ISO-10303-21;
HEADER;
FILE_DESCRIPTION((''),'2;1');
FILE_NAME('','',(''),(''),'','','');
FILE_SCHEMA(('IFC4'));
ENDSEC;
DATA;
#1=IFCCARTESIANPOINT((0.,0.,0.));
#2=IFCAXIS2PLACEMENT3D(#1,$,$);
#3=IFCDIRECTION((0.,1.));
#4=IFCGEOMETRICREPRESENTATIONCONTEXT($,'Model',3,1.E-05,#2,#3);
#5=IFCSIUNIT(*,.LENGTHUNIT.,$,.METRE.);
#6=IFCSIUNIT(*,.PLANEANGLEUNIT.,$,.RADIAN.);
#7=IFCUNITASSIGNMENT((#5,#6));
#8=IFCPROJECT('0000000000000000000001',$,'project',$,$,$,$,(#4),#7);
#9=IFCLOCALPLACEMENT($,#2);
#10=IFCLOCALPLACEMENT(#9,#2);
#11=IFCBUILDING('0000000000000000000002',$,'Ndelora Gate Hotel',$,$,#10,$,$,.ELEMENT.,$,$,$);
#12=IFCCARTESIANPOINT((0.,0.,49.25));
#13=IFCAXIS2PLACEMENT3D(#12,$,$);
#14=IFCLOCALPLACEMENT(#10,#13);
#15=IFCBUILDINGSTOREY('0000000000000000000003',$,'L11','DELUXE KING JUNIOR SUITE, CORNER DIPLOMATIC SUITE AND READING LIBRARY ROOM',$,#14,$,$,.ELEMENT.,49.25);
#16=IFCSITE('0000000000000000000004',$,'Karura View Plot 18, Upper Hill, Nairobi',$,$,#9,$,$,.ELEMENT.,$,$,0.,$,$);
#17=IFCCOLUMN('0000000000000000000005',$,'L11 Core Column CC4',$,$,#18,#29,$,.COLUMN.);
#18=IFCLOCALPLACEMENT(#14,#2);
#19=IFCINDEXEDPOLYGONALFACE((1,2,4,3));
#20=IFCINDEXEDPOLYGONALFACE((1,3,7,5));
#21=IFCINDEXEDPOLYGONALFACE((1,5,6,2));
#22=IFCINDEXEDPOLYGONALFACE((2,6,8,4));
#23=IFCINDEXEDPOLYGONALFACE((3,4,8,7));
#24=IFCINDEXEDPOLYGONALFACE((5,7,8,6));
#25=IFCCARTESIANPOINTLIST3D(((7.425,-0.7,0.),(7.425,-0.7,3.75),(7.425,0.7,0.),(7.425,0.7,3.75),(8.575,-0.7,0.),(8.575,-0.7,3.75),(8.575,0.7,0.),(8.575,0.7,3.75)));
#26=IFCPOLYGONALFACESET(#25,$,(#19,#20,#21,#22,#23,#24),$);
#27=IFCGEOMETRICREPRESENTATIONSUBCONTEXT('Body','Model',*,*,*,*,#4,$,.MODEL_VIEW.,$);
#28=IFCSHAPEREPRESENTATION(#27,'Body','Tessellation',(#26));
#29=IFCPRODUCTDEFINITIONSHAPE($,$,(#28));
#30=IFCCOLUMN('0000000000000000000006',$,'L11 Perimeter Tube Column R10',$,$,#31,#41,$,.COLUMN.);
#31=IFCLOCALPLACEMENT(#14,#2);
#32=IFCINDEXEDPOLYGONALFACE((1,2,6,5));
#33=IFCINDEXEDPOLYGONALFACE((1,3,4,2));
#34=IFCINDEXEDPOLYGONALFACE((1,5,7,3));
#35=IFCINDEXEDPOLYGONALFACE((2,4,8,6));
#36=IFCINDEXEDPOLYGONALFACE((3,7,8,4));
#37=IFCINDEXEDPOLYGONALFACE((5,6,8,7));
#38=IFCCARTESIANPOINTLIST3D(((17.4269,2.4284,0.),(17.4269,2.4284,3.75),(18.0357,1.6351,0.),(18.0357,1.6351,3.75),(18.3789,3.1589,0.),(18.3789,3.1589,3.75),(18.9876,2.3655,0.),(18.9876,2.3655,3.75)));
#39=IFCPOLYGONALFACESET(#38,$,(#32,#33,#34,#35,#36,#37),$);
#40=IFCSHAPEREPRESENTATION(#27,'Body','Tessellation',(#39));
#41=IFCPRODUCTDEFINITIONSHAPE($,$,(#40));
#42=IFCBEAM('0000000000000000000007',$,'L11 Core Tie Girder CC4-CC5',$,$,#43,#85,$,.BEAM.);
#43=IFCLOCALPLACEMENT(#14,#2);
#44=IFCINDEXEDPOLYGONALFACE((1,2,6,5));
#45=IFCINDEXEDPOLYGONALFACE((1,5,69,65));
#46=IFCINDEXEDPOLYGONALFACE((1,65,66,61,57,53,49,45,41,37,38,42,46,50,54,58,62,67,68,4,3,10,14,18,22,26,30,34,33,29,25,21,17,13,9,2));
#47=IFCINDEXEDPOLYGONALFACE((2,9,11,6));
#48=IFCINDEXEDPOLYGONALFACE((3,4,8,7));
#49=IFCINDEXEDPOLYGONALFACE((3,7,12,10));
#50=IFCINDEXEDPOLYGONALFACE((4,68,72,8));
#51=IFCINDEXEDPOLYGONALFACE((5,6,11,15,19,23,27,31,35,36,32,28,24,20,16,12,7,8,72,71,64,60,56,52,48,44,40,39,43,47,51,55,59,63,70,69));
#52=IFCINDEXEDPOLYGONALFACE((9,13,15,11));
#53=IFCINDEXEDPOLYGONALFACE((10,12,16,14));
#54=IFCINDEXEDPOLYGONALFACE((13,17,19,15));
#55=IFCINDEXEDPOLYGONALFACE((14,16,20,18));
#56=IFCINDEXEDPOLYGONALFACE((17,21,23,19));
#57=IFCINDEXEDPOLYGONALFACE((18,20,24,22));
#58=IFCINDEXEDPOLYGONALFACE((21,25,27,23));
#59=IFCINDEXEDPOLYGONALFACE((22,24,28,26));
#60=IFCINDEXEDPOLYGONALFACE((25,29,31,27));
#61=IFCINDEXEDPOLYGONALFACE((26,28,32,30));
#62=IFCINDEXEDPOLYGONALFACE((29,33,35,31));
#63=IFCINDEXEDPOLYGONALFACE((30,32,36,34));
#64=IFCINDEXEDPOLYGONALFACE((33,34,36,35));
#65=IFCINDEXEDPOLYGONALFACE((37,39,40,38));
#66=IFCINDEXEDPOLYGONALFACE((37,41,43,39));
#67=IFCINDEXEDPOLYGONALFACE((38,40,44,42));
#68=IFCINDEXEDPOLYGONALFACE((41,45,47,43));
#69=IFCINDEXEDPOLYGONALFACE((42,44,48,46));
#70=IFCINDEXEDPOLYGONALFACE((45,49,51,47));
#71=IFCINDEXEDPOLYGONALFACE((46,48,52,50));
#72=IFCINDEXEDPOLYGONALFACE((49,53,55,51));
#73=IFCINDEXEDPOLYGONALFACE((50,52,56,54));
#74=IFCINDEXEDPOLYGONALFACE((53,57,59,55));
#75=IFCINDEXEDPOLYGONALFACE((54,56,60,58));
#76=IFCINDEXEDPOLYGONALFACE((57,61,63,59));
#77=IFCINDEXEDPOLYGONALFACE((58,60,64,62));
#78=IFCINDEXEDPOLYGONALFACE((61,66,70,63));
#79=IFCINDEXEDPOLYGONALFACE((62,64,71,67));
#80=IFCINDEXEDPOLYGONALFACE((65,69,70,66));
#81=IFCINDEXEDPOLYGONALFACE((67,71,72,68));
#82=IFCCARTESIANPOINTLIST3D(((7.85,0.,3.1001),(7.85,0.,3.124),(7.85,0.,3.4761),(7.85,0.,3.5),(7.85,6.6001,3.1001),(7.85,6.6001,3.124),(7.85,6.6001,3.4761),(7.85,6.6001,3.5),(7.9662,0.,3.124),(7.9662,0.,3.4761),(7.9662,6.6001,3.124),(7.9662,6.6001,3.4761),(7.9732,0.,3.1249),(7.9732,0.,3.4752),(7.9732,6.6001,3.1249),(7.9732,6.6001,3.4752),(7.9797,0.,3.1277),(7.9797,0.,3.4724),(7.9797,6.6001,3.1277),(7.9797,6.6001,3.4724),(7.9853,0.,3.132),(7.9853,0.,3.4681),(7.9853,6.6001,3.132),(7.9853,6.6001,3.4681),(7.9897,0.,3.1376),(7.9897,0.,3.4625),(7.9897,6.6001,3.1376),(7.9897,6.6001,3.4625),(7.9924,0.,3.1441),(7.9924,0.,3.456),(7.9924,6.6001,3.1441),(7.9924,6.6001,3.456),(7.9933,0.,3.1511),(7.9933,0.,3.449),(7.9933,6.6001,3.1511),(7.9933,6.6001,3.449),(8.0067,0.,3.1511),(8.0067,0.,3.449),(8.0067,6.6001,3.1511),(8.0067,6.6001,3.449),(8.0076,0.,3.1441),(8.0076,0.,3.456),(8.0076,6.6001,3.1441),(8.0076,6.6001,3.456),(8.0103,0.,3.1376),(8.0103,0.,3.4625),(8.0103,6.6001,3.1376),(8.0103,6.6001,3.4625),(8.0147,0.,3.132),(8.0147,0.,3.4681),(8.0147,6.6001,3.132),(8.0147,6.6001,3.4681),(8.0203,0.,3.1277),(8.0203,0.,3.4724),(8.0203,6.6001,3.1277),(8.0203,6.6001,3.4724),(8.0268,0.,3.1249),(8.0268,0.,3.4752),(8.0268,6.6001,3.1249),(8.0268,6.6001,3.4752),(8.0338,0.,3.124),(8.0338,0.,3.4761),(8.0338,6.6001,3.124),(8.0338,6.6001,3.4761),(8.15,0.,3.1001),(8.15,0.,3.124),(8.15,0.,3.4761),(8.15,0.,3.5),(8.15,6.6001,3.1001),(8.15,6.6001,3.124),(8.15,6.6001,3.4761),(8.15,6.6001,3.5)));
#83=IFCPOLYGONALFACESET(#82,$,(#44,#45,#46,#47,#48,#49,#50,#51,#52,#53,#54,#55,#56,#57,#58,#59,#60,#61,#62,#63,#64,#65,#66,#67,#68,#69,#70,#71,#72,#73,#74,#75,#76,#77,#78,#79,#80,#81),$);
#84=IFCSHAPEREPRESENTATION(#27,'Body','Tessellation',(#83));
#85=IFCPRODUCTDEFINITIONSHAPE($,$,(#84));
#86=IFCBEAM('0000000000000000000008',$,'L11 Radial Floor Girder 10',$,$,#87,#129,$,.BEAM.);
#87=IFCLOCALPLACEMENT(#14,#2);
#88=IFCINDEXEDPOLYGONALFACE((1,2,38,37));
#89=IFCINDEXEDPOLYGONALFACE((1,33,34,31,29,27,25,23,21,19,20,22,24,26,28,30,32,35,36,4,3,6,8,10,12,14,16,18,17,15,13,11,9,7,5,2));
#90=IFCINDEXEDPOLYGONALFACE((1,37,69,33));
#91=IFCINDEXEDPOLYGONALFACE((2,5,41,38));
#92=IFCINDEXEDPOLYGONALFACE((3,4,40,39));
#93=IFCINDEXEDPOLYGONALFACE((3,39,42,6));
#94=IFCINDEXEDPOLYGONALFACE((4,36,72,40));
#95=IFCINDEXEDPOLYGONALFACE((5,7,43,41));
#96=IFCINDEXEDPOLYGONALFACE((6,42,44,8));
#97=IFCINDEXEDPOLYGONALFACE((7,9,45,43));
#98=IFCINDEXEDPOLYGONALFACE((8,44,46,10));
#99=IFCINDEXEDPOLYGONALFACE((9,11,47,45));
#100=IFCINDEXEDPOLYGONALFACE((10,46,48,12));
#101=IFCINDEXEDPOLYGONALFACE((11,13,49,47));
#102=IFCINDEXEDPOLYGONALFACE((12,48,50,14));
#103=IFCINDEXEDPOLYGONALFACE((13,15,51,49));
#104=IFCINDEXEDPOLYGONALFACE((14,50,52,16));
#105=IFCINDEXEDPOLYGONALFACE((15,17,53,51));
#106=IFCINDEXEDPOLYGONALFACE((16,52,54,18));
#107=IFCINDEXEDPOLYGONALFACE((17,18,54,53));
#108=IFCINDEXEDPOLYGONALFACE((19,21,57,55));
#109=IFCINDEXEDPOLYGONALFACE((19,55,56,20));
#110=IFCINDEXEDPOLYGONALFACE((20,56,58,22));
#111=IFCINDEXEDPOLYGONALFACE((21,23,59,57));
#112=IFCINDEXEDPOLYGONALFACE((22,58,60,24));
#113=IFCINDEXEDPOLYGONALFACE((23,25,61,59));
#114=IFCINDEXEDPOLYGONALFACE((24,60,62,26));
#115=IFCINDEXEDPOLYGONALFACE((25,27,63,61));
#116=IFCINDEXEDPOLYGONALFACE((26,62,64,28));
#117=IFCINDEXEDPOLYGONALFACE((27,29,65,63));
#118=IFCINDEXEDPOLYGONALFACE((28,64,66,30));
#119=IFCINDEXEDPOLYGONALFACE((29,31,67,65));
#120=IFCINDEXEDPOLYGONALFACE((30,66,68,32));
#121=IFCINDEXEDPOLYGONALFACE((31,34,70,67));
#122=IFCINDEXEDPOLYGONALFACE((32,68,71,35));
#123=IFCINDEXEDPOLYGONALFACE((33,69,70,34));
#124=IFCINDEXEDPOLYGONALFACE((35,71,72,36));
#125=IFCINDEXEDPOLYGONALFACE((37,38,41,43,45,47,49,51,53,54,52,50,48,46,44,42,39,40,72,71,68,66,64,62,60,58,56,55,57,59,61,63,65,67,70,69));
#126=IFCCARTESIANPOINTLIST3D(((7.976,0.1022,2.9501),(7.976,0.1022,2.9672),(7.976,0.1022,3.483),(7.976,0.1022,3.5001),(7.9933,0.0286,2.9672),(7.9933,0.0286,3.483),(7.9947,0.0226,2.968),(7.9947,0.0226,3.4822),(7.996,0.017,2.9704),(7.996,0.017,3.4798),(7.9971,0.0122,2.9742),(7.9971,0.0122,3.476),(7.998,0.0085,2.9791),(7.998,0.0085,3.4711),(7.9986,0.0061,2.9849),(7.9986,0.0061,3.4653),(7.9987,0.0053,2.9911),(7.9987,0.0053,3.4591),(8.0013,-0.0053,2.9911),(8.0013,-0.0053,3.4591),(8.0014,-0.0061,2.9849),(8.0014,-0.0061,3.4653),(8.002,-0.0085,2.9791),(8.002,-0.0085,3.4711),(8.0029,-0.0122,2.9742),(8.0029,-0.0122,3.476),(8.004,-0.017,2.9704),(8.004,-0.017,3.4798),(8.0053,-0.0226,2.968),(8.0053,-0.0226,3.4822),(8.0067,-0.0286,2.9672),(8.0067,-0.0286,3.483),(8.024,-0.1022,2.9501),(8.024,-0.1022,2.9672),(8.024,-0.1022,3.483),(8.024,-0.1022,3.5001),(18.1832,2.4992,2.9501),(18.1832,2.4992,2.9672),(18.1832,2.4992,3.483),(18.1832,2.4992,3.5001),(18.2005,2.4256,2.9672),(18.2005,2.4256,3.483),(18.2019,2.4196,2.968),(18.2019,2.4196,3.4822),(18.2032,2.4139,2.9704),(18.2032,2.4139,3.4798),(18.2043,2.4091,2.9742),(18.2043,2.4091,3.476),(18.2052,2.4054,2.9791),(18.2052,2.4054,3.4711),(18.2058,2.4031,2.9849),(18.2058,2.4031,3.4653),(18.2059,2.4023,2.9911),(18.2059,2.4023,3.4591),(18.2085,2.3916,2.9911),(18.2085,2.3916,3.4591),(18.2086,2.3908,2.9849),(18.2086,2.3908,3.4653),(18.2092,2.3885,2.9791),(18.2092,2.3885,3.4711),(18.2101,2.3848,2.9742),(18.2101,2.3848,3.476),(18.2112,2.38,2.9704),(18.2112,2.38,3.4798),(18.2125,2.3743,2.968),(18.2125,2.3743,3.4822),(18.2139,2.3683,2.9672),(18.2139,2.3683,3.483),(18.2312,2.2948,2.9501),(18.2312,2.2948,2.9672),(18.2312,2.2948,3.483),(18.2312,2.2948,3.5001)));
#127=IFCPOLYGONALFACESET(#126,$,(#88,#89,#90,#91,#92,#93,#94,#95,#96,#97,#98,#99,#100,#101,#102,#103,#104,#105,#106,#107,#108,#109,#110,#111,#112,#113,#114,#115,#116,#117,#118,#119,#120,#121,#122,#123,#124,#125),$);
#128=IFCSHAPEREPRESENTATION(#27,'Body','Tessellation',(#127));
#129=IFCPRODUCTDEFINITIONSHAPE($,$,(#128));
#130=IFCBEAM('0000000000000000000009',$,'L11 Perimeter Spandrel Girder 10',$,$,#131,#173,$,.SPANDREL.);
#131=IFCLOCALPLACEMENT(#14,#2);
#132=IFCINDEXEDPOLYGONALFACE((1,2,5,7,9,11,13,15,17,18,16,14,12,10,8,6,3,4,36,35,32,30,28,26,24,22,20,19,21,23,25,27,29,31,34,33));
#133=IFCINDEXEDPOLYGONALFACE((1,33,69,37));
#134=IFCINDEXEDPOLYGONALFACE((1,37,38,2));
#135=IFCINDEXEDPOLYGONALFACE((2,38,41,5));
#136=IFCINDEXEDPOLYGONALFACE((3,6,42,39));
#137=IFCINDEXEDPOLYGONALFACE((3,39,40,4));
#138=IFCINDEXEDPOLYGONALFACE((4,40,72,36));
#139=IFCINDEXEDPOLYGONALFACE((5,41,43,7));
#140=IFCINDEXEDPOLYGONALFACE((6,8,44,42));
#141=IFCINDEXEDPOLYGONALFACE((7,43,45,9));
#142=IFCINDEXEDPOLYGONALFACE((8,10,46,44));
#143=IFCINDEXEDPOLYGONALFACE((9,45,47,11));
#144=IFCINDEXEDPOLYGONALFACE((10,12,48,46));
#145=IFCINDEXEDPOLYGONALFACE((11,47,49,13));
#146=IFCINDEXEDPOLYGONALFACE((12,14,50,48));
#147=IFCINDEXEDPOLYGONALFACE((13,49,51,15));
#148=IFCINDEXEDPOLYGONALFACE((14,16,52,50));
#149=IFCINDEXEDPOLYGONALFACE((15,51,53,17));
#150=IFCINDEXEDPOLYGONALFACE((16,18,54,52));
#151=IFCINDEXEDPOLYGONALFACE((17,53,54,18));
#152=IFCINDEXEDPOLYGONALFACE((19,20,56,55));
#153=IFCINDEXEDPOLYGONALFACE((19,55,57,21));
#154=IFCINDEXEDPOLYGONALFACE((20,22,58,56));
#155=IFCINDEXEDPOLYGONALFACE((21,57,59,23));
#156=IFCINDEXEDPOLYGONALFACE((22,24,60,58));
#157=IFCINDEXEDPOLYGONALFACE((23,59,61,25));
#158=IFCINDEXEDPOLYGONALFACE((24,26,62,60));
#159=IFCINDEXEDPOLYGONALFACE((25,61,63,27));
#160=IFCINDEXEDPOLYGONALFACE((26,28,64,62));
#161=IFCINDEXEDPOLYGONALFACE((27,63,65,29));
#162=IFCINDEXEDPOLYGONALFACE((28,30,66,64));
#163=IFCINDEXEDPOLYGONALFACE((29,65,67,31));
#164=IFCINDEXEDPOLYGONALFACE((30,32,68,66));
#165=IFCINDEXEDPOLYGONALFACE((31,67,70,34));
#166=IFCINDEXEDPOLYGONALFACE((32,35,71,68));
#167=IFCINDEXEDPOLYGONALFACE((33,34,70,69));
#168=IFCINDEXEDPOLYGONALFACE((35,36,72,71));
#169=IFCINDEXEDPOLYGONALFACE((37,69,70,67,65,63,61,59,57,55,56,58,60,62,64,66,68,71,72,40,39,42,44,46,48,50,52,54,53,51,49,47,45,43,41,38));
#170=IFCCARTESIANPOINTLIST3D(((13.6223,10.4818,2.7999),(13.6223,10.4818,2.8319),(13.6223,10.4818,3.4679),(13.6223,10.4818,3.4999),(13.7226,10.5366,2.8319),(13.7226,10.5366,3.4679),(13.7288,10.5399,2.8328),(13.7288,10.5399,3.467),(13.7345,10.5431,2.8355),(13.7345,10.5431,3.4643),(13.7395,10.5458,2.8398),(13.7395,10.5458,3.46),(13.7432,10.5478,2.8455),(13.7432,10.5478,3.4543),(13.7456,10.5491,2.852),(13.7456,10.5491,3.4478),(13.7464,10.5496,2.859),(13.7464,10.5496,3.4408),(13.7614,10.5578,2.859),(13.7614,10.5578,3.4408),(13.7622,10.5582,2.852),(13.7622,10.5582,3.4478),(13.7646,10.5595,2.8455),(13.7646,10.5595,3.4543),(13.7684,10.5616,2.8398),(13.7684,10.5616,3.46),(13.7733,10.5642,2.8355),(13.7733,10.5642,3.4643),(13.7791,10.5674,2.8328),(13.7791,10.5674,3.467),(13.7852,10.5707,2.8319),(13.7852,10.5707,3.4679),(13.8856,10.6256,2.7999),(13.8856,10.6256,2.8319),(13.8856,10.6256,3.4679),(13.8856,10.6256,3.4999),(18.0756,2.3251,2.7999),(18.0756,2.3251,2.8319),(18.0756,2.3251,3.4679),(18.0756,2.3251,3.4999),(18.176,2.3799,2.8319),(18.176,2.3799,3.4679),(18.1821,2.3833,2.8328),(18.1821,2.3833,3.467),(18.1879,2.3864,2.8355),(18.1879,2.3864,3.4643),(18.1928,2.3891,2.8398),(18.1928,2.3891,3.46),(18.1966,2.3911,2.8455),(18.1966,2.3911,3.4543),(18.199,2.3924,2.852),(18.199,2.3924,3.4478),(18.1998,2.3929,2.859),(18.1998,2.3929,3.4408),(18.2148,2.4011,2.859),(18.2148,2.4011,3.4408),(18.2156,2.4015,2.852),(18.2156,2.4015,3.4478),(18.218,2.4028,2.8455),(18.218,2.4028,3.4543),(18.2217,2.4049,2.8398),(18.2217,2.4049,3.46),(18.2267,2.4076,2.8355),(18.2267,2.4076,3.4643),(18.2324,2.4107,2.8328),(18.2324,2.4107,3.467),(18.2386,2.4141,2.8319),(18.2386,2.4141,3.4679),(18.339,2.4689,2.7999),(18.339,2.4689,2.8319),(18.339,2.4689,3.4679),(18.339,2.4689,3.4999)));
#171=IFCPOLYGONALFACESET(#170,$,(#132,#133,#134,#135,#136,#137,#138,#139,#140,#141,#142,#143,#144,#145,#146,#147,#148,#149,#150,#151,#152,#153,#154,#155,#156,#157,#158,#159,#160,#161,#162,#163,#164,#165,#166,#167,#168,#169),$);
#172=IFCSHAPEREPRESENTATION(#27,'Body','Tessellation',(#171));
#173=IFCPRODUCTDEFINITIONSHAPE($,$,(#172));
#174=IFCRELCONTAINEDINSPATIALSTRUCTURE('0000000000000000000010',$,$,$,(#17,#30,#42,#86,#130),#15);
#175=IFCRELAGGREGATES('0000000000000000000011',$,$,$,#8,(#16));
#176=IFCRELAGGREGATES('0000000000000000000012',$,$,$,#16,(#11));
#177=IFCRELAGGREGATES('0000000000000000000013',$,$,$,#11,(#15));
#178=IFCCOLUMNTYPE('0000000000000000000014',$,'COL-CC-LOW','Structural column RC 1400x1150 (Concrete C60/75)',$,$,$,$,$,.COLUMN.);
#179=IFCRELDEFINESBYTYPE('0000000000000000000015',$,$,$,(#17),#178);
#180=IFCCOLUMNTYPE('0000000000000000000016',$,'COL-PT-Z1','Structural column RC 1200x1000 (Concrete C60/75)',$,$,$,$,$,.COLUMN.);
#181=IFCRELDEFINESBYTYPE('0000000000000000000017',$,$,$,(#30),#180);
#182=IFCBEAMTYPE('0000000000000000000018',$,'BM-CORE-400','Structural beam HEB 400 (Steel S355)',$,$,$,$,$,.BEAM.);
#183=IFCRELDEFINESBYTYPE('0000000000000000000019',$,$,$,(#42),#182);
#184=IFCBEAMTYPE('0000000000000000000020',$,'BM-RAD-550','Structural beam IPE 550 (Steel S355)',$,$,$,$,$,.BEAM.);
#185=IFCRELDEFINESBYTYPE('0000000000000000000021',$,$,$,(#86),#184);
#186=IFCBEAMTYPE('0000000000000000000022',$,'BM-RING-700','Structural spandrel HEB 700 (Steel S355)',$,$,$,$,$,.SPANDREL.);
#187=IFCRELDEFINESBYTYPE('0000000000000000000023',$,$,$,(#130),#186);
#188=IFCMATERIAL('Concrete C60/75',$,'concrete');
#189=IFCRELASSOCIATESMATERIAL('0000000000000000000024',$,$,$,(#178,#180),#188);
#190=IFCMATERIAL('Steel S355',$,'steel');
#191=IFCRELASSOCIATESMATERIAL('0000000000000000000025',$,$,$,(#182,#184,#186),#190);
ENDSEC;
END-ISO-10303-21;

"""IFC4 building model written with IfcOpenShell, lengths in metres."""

from ifc_helpers import new_model, si_unit, direction, frame, origin, origin_2d, place, context, subcontext, project, spatial, rectangle, i_section, extrude, material, material_profile, profile_set, type_object, element, save


model = new_model("IFC4")

# Units and contexts
model_context = context("Model", 3, precision=1e-05, world=origin(), true_north=direction((0.0, 1.0)))
body_context = subcontext(model_context, "Body", "Model", "MODEL_VIEW")
ifc_project = project(units=[si_unit("LENGTHUNIT", "METRE"), si_unit("PLANEANGLEUNIT", "RADIAN")], contexts=[model_context])

# Site, building, storey
site_placement = place(None, origin())
site = spatial("IfcSite", under=ifc_project, at=site_placement, Name="Karura View Plot 18, Upper Hill, Nairobi", CompositionType="ELEMENT", RefElevation=0.0)
building_placement = place(site_placement, origin())
building = spatial("IfcBuilding", under=site, at=building_placement, Name="Ndelora Gate Hotel", CompositionType="ELEMENT")
storey_placement = place(building_placement, frame((0.0, 0.0, 49.25)))
storey = spatial("IfcBuildingStorey", under=building, at=storey_placement, Name="L11", Description="DELUXE KING JUNIOR SUITE, CORNER DIPLOMATIC SUITE AND READING LIBRARY ROOM", CompositionType="ELEMENT", Elevation=49.25)

# Columns
ifc_material_1 = material(Name="Concrete C60/75", Category="concrete")
ifc_material_profile_1 = material_profile(ifc_material_1, rectangle(XDim=1.1499, YDim=1.3999, at=origin_2d()), Name="RC 1400x1150")
ifc_profile_set_1 = profile_set([ifc_material_profile_1], Name="Concrete C60/75")
column_type_1 = type_object("IfcColumnType", Name="COL-CC-LOW", Description="Structural column RC 1400x1150 (Concrete C60/75)", PredefinedType="COLUMN", material=ifc_profile_set_1)
column_1_placement = place(storey_placement, frame((8.0, 0.0, 0.0), z_axis=(0.0, 0.0, 1.0), x_axis=(1.0, 0.0, 0.0)))
element("IfcColumn", 1, at=column_1_placement, inside=storey, type_object=column_type_1, Name="L11 Core Column CC4", PredefinedType="COLUMN", context=body_context, shape_type="SweptSolid", body=[
    extrude(rectangle(XDim=1.1499, YDim=1.3999, at=origin_2d()), origin(), (0.0, 0.0, 1.0), 3.75),
])
ifc_material_profile_2 = material_profile(ifc_material_1, rectangle(XDim=1.0, YDim=1.2, at=origin_2d()), Name="RC 1200x1000")
ifc_profile_set_2 = profile_set([ifc_material_profile_2], Name="Concrete C60/75")
column_type_2 = type_object("IfcColumnType", Name="COL-PT-Z1", Description="Structural column RC 1200x1000 (Concrete C60/75)", PredefinedType="COLUMN", material=ifc_profile_set_2)
column_2_placement = place(storey_placement, frame((18.2073, 2.397, 0.0), z_axis=(0.0, 0.0, 1.0), x_axis=(-0.608761, 0.793353, 0.0)))
element("IfcColumn", 2, at=column_2_placement, inside=storey, type_object=column_type_2, Name="L11 Perimeter Tube Column R10", PredefinedType="COLUMN", context=body_context, shape_type="SweptSolid", body=[
    extrude(rectangle(XDim=1.0, YDim=1.2, at=origin_2d()), origin(), (0.0, 0.0, 1.0), 3.75),
])

# Beams
ifc_material_2 = material(Name="Steel S355", Category="steel")
ifc_material_profile_3 = material_profile(ifc_material_2, i_section(OverallWidth=0.3, OverallDepth=0.3999, WebThickness=0.0134, FlangeThickness=0.0239, FilletRadius=0.0271, at=origin_2d()), Name="HEB 400")
ifc_profile_set_3 = profile_set([ifc_material_profile_3], Name="Steel S355")
beam_type_1 = type_object("IfcBeamType", Name="BM-CORE-400", Description="Structural beam HEB 400 (Steel S355)", PredefinedType="BEAM", material=ifc_profile_set_3)
beam_1_placement = place(storey_placement, frame((8.0, 0.0, 3.3), z_axis=(0.0, 1.0, 0.0), x_axis=(-1.0, 0.0, 0.0)))
element("IfcBeam", 3, at=beam_1_placement, inside=storey, type_object=beam_type_1, Name="L11 Core Tie Girder CC4-CC5", PredefinedType="BEAM", context=body_context, shape_type="SweptSolid", body=[
    extrude(i_section(OverallWidth=0.3, OverallDepth=0.3999, WebThickness=0.0134, FlangeThickness=0.0239, FilletRadius=0.0271, at=origin_2d()), origin(), (0.0, 0.0, 1.0), 6.6001),
])
ifc_material_profile_4 = material_profile(ifc_material_2, i_section(OverallWidth=0.21, OverallDepth=0.55, WebThickness=0.011, FlangeThickness=0.0171, FilletRadius=0.0239, at=origin_2d()), Name="IPE 550")
ifc_profile_set_4 = profile_set([ifc_material_profile_4], Name="Steel S355")
beam_type_2 = type_object("IfcBeamType", Name="BM-RAD-550", Description="Structural beam IPE 550 (Steel S355)", PredefinedType="BEAM", material=ifc_profile_set_4)
beam_2_placement = place(storey_placement, frame((8.0, 0.0, 3.2251), z_axis=(0.973518, 0.228611, 0.0), x_axis=(-0.228611, 0.973518, 0.0)))
element("IfcBeam", 4, at=beam_2_placement, inside=storey, type_object=beam_type_2, Name="L11 Radial Floor Girder 10", PredefinedType="BEAM", context=body_context, shape_type="SweptSolid", body=[
    extrude(i_section(OverallWidth=0.21, OverallDepth=0.55, WebThickness=0.011, FlangeThickness=0.0171, FilletRadius=0.0239, at=origin_2d()), origin(), (0.0, 0.0, 1.0), 10.4849),
])
ifc_material_profile_5 = material_profile(ifc_material_2, i_section(OverallWidth=0.3, OverallDepth=0.7, WebThickness=0.0171, FlangeThickness=0.032, FilletRadius=0.0271, at=origin_2d()), Name="HEB 700")
ifc_profile_set_5 = profile_set([ifc_material_profile_5], Name="Steel S355")
beam_type_3 = type_object("IfcBeamType", Name="BM-RING-700", Description="Structural spandrel HEB 700 (Steel S355)", PredefinedType="SPANDREL", material=ifc_profile_set_5)
beam_3_placement = place(storey_placement, frame((18.2073, 2.397, 3.1499), z_axis=(-0.479204, 0.877704, 0.0), x_axis=(-0.877704, -0.479204, 0.0)))
element("IfcBeam", 5, at=beam_3_placement, inside=storey, type_object=beam_type_3, Name="L11 Perimeter Spandrel Girder 10", PredefinedType="SPANDREL", context=body_context, shape_type="SweptSolid", body=[
    extrude(i_section(OverallWidth=0.3, OverallDepth=0.7, WebThickness=0.0171, FlangeThickness=0.032, FilletRadius=0.0271, at=origin_2d()), origin(), (0.0, 0.0, 1.0), 9.2932),
])

save(model, "model.ifc")
